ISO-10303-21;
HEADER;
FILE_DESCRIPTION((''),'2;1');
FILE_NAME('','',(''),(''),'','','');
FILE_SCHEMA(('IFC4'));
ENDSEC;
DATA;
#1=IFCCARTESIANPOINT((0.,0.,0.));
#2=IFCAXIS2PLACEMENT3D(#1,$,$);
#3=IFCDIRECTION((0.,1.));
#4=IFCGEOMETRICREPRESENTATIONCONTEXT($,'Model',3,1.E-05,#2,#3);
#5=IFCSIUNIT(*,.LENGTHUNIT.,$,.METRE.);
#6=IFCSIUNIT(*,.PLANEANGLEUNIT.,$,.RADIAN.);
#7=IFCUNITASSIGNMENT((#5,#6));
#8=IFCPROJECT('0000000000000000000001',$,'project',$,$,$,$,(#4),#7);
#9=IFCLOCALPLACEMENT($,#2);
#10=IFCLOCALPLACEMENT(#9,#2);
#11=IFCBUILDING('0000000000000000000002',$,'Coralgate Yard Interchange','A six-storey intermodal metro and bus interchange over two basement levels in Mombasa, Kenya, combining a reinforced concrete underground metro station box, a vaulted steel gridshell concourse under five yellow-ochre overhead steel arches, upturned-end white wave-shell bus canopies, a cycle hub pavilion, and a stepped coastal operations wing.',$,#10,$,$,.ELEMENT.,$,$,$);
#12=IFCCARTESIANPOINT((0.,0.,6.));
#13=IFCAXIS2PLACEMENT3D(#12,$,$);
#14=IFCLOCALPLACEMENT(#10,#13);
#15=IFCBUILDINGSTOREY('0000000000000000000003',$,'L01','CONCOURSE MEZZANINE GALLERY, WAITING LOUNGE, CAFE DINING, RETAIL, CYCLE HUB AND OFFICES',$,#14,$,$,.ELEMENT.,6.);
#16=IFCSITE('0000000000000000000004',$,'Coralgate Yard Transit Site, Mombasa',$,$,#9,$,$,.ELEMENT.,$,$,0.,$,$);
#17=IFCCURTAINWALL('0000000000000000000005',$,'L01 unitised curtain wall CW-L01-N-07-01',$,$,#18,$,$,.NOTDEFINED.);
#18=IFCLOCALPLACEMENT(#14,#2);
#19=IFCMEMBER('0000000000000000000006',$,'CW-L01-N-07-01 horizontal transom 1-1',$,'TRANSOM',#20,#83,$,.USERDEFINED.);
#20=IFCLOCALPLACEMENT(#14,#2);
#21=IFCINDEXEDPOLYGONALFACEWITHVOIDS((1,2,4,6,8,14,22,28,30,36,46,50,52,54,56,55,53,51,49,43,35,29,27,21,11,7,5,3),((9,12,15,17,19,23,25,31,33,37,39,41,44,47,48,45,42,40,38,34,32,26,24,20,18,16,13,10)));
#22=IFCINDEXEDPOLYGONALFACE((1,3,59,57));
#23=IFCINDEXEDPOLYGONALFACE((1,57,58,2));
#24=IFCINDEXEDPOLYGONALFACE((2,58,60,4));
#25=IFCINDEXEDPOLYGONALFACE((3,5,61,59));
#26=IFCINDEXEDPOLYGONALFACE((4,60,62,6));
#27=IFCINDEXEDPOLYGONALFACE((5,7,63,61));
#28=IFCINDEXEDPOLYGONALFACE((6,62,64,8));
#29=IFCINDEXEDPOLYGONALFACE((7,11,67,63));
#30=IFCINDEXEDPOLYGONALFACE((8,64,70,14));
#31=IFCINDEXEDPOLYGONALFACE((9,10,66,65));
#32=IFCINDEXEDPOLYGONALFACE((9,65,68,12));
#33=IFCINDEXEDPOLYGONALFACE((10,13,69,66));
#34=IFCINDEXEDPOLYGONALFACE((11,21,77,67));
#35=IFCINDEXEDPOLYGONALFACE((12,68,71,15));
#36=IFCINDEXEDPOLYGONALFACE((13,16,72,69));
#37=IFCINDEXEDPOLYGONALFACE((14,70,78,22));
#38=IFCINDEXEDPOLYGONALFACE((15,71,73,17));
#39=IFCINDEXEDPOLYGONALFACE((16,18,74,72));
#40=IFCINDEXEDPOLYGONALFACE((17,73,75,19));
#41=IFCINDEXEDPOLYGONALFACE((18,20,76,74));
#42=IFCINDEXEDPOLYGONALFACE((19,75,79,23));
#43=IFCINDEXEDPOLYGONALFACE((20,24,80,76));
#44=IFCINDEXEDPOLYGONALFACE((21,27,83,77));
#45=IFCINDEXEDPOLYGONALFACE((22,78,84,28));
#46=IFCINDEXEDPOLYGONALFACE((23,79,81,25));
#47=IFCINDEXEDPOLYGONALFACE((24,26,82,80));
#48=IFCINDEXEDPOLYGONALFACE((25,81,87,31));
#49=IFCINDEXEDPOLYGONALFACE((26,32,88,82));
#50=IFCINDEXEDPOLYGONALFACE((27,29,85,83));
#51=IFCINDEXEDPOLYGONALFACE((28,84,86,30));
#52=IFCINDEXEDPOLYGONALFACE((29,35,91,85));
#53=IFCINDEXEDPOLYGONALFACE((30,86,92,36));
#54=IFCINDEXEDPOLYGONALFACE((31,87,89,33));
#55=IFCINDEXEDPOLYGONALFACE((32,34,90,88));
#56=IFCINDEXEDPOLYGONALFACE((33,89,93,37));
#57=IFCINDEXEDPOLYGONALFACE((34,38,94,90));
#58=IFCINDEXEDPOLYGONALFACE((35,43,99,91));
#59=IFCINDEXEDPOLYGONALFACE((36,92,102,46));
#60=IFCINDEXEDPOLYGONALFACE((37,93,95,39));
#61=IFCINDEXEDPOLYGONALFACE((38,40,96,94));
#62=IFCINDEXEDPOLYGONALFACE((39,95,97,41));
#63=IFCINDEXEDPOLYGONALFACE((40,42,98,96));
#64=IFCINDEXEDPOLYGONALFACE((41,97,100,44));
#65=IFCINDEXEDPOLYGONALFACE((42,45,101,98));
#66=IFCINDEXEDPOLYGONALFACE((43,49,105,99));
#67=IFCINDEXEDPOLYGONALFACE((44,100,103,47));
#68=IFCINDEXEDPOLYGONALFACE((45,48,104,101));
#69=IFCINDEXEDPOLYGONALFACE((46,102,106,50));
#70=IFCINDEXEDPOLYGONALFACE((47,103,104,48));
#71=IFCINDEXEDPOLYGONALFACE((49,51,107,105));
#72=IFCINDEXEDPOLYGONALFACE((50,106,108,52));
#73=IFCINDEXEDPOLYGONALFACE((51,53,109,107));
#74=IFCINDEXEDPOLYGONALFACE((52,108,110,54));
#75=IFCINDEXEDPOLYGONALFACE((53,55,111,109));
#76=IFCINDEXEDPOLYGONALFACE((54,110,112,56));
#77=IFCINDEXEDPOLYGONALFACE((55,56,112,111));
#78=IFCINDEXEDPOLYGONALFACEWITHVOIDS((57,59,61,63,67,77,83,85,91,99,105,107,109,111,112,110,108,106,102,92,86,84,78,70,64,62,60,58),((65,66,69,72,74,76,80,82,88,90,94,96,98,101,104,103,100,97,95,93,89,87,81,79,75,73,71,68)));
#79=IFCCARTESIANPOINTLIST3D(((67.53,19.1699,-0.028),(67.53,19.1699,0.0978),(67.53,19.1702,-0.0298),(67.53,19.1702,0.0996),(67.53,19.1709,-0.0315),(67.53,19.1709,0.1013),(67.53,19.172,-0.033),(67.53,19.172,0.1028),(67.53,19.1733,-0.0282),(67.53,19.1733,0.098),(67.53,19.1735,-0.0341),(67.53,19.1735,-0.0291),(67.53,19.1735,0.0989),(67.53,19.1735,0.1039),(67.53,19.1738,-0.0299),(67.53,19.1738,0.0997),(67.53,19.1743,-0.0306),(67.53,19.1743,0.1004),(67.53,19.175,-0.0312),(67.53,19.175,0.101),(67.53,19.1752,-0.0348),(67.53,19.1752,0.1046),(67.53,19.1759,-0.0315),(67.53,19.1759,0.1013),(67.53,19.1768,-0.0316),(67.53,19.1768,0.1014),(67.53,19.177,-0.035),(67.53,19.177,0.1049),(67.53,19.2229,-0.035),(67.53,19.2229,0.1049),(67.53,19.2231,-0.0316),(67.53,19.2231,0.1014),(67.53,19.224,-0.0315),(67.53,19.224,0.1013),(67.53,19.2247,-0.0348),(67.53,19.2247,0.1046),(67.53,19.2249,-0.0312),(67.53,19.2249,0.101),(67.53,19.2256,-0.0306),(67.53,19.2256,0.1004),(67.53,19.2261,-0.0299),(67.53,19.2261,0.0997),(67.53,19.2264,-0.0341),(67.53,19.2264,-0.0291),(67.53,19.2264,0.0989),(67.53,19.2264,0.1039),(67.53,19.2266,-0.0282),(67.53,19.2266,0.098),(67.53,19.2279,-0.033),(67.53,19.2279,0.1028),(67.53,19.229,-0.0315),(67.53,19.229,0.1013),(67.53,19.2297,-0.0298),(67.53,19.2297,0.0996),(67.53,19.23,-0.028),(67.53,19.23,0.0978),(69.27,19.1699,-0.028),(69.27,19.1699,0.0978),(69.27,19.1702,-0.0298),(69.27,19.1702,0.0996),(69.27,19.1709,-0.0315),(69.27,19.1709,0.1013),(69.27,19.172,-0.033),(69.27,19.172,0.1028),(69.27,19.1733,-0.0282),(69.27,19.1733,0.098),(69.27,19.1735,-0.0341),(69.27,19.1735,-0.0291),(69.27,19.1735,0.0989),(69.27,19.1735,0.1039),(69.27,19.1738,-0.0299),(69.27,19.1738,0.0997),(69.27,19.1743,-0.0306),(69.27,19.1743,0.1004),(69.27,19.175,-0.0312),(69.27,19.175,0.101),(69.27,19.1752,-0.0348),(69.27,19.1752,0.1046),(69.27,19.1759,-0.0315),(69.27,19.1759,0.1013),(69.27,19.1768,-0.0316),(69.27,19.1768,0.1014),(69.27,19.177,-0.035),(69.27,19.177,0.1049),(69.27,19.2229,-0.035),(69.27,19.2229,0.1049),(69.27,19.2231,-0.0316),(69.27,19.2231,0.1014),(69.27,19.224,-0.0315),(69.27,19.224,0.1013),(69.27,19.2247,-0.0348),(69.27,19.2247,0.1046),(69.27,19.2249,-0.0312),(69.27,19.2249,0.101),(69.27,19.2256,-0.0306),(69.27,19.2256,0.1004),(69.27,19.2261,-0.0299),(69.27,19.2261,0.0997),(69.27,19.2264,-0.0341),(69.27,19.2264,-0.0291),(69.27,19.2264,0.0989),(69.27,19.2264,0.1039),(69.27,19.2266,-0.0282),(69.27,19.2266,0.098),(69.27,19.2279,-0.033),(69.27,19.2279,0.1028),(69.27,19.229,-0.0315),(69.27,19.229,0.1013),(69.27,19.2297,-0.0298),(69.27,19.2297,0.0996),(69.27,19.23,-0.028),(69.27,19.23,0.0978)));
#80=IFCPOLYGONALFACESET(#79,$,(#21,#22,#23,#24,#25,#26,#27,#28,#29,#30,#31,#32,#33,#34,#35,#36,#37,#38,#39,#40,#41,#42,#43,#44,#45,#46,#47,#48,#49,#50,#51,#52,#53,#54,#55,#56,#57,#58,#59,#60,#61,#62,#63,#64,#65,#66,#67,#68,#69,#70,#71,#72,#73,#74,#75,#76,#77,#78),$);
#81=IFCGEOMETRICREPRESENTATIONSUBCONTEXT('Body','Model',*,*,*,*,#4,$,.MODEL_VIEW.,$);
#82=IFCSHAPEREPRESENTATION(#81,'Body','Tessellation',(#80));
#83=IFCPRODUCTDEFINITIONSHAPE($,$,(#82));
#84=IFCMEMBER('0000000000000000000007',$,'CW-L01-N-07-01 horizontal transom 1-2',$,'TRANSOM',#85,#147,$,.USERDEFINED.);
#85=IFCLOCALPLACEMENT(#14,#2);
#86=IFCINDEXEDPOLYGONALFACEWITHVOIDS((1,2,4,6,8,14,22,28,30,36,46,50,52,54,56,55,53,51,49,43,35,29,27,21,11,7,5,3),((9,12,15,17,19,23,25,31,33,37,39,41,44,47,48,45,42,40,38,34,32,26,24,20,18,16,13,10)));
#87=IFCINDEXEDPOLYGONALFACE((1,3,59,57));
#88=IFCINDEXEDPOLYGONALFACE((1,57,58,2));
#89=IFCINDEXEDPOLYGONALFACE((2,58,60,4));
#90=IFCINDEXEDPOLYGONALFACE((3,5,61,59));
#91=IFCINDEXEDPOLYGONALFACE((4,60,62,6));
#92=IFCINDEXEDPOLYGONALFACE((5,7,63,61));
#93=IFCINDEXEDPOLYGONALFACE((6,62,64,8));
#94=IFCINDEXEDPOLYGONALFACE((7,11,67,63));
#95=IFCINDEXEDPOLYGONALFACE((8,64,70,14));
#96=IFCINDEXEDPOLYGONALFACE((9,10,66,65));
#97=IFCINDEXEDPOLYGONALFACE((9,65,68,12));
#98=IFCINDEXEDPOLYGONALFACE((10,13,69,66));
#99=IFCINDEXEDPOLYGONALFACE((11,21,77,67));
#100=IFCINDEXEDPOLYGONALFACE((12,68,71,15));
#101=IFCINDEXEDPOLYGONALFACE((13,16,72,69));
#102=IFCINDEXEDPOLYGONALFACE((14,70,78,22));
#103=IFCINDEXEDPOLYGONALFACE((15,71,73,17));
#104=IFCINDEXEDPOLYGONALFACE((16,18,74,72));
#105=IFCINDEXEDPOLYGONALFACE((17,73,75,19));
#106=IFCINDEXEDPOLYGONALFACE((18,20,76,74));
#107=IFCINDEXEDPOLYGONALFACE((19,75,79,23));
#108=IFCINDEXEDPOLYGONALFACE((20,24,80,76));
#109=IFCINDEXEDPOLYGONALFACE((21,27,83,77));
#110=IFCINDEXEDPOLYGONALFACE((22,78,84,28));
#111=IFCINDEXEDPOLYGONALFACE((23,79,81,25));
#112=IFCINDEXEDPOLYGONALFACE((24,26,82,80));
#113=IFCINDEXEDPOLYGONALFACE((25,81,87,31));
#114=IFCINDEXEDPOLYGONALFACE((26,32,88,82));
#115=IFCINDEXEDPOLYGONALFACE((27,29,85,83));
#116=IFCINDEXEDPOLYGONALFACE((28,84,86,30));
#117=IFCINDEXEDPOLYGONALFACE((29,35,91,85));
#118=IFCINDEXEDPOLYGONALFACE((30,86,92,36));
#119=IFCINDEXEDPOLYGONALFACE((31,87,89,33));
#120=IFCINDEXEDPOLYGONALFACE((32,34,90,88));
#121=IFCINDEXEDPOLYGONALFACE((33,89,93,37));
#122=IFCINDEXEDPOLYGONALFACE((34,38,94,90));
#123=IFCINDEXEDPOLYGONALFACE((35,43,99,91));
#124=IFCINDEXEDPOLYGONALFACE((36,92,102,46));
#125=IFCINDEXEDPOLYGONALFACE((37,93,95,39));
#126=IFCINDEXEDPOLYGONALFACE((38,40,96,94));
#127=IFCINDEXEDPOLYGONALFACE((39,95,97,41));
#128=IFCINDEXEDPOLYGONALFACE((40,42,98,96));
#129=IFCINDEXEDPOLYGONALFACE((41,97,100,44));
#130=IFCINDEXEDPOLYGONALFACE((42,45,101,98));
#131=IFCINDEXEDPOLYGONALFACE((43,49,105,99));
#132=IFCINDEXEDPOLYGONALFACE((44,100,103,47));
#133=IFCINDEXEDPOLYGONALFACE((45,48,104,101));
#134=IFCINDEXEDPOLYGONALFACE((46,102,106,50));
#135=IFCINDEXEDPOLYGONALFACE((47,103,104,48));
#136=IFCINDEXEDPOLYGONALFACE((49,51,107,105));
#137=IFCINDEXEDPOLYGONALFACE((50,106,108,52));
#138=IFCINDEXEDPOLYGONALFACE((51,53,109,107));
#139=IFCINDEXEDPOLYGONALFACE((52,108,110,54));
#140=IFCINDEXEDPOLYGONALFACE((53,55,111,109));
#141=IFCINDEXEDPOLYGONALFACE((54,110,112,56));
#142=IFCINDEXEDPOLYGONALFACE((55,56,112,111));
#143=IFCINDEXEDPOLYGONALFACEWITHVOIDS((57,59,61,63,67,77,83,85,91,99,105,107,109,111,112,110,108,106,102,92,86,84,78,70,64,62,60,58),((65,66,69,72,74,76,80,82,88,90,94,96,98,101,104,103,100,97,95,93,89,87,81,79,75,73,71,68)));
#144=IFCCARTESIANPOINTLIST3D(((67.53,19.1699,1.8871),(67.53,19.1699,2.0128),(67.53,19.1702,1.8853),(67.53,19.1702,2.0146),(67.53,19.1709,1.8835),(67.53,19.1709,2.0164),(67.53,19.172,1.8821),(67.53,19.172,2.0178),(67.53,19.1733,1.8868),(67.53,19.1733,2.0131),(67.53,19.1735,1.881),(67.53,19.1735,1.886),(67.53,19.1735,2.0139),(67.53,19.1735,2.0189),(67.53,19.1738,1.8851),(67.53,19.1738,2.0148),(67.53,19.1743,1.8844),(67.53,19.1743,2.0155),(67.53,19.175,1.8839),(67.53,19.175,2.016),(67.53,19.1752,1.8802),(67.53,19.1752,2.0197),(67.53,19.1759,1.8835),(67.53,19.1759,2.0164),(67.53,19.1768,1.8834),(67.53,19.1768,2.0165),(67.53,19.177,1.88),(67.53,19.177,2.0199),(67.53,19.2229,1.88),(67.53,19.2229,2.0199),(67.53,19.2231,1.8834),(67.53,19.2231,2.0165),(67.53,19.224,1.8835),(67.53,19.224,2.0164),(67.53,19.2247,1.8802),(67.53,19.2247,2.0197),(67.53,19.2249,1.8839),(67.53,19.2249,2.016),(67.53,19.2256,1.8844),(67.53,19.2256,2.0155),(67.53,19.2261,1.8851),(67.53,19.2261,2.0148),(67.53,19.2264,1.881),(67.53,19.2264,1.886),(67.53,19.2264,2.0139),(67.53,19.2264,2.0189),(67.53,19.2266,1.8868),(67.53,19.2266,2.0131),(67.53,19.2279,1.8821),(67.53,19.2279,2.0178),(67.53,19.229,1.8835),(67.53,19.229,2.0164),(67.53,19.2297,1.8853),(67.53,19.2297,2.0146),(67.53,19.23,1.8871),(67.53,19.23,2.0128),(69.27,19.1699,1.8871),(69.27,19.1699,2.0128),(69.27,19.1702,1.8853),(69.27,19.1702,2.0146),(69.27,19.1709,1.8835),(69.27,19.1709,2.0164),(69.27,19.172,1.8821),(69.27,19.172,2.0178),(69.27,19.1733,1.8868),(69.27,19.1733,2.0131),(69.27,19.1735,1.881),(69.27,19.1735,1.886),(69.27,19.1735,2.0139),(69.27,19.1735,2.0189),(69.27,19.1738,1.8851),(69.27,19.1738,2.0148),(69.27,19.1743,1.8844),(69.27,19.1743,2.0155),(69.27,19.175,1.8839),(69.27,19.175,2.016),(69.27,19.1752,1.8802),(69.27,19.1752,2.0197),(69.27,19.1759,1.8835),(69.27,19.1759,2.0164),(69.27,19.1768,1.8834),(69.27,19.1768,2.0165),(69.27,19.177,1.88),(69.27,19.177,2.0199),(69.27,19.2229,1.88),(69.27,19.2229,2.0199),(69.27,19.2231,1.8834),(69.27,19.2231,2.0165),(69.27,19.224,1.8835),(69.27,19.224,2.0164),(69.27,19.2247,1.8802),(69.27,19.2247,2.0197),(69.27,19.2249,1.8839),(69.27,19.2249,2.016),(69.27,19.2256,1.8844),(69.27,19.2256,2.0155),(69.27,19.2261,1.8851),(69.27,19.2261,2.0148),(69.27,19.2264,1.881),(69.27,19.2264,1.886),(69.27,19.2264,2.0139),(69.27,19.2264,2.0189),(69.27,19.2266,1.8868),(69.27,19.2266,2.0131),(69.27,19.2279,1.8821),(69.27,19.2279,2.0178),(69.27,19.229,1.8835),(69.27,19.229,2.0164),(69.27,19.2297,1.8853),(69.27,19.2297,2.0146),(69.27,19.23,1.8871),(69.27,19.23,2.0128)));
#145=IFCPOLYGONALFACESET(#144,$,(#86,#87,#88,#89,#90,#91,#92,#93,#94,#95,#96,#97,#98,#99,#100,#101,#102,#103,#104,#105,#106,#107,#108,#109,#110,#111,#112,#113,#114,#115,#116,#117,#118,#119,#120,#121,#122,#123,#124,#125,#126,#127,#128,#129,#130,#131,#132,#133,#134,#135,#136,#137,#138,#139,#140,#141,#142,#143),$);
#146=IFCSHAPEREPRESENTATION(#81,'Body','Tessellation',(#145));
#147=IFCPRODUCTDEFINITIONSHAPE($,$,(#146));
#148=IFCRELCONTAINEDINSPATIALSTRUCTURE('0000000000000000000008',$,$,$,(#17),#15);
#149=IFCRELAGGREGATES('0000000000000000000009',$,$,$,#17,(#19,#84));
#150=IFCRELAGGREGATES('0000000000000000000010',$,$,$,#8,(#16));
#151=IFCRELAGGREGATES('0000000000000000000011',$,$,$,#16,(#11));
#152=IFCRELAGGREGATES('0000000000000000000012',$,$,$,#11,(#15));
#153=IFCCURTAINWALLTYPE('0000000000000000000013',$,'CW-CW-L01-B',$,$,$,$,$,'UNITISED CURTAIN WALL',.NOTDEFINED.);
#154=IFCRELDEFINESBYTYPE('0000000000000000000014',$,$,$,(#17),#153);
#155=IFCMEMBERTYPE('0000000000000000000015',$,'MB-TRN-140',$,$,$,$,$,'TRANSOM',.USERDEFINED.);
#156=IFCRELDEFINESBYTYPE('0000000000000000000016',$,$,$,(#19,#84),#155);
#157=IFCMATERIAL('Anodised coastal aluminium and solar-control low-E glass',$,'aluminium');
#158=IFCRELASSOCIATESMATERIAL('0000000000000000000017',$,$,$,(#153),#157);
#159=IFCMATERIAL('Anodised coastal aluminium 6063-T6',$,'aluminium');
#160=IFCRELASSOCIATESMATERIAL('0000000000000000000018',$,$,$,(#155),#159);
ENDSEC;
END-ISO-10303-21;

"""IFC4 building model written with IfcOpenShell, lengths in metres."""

from ifc_helpers import new_model, si_unit, direction, frame, origin, origin_2d, place, context, subcontext, project, spatial, hollow_rectangle, extrude, material, material_profile, profile_set, type_object, element, aggregate, save


model = new_model("IFC4")

# Units and contexts
model_context = context("Model", 3, precision=1e-05, world=origin(), true_north=direction((0.0, 1.0)))
body_context = subcontext(model_context, "Body", "Model", "MODEL_VIEW")
ifc_project = project(units=[si_unit("LENGTHUNIT", "METRE"), si_unit("PLANEANGLEUNIT", "RADIAN")], contexts=[model_context])

# Site, building, storey
site_placement = place(None, origin())
site = spatial("IfcSite", under=ifc_project, at=site_placement, Name="Coralgate Yard Transit Site, Mombasa", CompositionType="ELEMENT", RefElevation=0.0)
building_placement = place(site_placement, origin())
building = spatial("IfcBuilding", under=site, at=building_placement, Name="Coralgate Yard Interchange", Description="A six-storey intermodal metro and bus interchange over two basement levels in Mombasa, Kenya, combining a reinforced concrete underground metro station box, a vaulted steel gridshell concourse under five yellow-ochre overhead steel arches, upturned-end white wave-shell bus canopies, a cycle hub pavilion, and a stepped coastal operations wing.", CompositionType="ELEMENT")
storey_placement = place(building_placement, frame((0.0, 0.0, 6.0)))
storey = spatial("IfcBuildingStorey", under=building, at=storey_placement, Name="L01", Description="CONCOURSE MEZZANINE GALLERY, WAITING LOUNGE, CAFE DINING, RETAIL, CYCLE HUB AND OFFICES", CompositionType="ELEMENT", Elevation=6.0)

# Shared definitions
ifc_material_1 = material(Name="Anodised coastal aluminium and solar-control low-E glass", Category="aluminium")
curtain_wall_type = type_object("IfcCurtainWallType", Name="CW-CW-L01-B", ElementType="UNITISED CURTAIN WALL", PredefinedType="NOTDEFINED", material=ifc_material_1)
ifc_material_2 = material(Name="Anodised coastal aluminium 6063-T6", Category="aluminium")

# Curtain wall
curtain_wall_1_placement = place(storey_placement, origin())
curtain_wall_1 = element("IfcCurtainWall", 1, at=curtain_wall_1_placement, inside=storey, type_object=curtain_wall_type, Name="L01 unitised curtain wall CW-L01-N-07-01", PredefinedType="NOTDEFINED")

# Members
ifc_material_profile_1 = material_profile(ifc_material_2, hollow_rectangle(XDim=0.0601, YDim=0.1399, WallThickness=0.0034, InnerFilletRadius=0.0034, OuterFilletRadius=0.0071, at=origin_2d()), Name="ALU 60x140x3.5")
ifc_profile_set_1 = profile_set([ifc_material_profile_1], Name="Anodised coastal aluminium 6063-T6")
member_type_1 = type_object("IfcMemberType", Name="MB-TRN-140", ElementType="TRANSOM", PredefinedType="USERDEFINED", material=ifc_profile_set_1)
member_1_placement = place(storey_placement, frame((67.53, 19.2, 0.0349), z_axis=(1.0, 0.0, 0.0), x_axis=(0.0, 1.0, 0.0)))
member_1 = element("IfcMember", 2, at=member_1_placement, type_object=member_type_1, Name="CW-L01-N-07-01 horizontal transom 1-1", ObjectType="TRANSOM", PredefinedType="USERDEFINED", context=body_context, shape_type="SweptSolid", body=[
    extrude(hollow_rectangle(XDim=0.0601, YDim=0.1399, WallThickness=0.0034, InnerFilletRadius=0.0034, OuterFilletRadius=0.0071, at=origin_2d()), origin(), (0.0, 0.0, 1.0), 1.74),
])
member_2_placement = place(storey_placement, frame((67.53, 19.2, 1.95), z_axis=(1.0, 0.0, 0.0), x_axis=(0.0, 1.0, 0.0)))
member_2 = element("IfcMember", 3, at=member_2_placement, type_object=member_type_1, Name="CW-L01-N-07-01 horizontal transom 1-2", ObjectType="TRANSOM", PredefinedType="USERDEFINED", context=body_context, shape_type="SweptSolid", body=[
    extrude(hollow_rectangle(XDim=0.0601, YDim=0.1399, WallThickness=0.0034, InnerFilletRadius=0.0034, OuterFilletRadius=0.0071, at=origin_2d()), origin(), (0.0, 0.0, 1.0), 1.74),
])

aggregate(curtain_wall_1, [member_1, member_2])

save(model, "model.ifc")
